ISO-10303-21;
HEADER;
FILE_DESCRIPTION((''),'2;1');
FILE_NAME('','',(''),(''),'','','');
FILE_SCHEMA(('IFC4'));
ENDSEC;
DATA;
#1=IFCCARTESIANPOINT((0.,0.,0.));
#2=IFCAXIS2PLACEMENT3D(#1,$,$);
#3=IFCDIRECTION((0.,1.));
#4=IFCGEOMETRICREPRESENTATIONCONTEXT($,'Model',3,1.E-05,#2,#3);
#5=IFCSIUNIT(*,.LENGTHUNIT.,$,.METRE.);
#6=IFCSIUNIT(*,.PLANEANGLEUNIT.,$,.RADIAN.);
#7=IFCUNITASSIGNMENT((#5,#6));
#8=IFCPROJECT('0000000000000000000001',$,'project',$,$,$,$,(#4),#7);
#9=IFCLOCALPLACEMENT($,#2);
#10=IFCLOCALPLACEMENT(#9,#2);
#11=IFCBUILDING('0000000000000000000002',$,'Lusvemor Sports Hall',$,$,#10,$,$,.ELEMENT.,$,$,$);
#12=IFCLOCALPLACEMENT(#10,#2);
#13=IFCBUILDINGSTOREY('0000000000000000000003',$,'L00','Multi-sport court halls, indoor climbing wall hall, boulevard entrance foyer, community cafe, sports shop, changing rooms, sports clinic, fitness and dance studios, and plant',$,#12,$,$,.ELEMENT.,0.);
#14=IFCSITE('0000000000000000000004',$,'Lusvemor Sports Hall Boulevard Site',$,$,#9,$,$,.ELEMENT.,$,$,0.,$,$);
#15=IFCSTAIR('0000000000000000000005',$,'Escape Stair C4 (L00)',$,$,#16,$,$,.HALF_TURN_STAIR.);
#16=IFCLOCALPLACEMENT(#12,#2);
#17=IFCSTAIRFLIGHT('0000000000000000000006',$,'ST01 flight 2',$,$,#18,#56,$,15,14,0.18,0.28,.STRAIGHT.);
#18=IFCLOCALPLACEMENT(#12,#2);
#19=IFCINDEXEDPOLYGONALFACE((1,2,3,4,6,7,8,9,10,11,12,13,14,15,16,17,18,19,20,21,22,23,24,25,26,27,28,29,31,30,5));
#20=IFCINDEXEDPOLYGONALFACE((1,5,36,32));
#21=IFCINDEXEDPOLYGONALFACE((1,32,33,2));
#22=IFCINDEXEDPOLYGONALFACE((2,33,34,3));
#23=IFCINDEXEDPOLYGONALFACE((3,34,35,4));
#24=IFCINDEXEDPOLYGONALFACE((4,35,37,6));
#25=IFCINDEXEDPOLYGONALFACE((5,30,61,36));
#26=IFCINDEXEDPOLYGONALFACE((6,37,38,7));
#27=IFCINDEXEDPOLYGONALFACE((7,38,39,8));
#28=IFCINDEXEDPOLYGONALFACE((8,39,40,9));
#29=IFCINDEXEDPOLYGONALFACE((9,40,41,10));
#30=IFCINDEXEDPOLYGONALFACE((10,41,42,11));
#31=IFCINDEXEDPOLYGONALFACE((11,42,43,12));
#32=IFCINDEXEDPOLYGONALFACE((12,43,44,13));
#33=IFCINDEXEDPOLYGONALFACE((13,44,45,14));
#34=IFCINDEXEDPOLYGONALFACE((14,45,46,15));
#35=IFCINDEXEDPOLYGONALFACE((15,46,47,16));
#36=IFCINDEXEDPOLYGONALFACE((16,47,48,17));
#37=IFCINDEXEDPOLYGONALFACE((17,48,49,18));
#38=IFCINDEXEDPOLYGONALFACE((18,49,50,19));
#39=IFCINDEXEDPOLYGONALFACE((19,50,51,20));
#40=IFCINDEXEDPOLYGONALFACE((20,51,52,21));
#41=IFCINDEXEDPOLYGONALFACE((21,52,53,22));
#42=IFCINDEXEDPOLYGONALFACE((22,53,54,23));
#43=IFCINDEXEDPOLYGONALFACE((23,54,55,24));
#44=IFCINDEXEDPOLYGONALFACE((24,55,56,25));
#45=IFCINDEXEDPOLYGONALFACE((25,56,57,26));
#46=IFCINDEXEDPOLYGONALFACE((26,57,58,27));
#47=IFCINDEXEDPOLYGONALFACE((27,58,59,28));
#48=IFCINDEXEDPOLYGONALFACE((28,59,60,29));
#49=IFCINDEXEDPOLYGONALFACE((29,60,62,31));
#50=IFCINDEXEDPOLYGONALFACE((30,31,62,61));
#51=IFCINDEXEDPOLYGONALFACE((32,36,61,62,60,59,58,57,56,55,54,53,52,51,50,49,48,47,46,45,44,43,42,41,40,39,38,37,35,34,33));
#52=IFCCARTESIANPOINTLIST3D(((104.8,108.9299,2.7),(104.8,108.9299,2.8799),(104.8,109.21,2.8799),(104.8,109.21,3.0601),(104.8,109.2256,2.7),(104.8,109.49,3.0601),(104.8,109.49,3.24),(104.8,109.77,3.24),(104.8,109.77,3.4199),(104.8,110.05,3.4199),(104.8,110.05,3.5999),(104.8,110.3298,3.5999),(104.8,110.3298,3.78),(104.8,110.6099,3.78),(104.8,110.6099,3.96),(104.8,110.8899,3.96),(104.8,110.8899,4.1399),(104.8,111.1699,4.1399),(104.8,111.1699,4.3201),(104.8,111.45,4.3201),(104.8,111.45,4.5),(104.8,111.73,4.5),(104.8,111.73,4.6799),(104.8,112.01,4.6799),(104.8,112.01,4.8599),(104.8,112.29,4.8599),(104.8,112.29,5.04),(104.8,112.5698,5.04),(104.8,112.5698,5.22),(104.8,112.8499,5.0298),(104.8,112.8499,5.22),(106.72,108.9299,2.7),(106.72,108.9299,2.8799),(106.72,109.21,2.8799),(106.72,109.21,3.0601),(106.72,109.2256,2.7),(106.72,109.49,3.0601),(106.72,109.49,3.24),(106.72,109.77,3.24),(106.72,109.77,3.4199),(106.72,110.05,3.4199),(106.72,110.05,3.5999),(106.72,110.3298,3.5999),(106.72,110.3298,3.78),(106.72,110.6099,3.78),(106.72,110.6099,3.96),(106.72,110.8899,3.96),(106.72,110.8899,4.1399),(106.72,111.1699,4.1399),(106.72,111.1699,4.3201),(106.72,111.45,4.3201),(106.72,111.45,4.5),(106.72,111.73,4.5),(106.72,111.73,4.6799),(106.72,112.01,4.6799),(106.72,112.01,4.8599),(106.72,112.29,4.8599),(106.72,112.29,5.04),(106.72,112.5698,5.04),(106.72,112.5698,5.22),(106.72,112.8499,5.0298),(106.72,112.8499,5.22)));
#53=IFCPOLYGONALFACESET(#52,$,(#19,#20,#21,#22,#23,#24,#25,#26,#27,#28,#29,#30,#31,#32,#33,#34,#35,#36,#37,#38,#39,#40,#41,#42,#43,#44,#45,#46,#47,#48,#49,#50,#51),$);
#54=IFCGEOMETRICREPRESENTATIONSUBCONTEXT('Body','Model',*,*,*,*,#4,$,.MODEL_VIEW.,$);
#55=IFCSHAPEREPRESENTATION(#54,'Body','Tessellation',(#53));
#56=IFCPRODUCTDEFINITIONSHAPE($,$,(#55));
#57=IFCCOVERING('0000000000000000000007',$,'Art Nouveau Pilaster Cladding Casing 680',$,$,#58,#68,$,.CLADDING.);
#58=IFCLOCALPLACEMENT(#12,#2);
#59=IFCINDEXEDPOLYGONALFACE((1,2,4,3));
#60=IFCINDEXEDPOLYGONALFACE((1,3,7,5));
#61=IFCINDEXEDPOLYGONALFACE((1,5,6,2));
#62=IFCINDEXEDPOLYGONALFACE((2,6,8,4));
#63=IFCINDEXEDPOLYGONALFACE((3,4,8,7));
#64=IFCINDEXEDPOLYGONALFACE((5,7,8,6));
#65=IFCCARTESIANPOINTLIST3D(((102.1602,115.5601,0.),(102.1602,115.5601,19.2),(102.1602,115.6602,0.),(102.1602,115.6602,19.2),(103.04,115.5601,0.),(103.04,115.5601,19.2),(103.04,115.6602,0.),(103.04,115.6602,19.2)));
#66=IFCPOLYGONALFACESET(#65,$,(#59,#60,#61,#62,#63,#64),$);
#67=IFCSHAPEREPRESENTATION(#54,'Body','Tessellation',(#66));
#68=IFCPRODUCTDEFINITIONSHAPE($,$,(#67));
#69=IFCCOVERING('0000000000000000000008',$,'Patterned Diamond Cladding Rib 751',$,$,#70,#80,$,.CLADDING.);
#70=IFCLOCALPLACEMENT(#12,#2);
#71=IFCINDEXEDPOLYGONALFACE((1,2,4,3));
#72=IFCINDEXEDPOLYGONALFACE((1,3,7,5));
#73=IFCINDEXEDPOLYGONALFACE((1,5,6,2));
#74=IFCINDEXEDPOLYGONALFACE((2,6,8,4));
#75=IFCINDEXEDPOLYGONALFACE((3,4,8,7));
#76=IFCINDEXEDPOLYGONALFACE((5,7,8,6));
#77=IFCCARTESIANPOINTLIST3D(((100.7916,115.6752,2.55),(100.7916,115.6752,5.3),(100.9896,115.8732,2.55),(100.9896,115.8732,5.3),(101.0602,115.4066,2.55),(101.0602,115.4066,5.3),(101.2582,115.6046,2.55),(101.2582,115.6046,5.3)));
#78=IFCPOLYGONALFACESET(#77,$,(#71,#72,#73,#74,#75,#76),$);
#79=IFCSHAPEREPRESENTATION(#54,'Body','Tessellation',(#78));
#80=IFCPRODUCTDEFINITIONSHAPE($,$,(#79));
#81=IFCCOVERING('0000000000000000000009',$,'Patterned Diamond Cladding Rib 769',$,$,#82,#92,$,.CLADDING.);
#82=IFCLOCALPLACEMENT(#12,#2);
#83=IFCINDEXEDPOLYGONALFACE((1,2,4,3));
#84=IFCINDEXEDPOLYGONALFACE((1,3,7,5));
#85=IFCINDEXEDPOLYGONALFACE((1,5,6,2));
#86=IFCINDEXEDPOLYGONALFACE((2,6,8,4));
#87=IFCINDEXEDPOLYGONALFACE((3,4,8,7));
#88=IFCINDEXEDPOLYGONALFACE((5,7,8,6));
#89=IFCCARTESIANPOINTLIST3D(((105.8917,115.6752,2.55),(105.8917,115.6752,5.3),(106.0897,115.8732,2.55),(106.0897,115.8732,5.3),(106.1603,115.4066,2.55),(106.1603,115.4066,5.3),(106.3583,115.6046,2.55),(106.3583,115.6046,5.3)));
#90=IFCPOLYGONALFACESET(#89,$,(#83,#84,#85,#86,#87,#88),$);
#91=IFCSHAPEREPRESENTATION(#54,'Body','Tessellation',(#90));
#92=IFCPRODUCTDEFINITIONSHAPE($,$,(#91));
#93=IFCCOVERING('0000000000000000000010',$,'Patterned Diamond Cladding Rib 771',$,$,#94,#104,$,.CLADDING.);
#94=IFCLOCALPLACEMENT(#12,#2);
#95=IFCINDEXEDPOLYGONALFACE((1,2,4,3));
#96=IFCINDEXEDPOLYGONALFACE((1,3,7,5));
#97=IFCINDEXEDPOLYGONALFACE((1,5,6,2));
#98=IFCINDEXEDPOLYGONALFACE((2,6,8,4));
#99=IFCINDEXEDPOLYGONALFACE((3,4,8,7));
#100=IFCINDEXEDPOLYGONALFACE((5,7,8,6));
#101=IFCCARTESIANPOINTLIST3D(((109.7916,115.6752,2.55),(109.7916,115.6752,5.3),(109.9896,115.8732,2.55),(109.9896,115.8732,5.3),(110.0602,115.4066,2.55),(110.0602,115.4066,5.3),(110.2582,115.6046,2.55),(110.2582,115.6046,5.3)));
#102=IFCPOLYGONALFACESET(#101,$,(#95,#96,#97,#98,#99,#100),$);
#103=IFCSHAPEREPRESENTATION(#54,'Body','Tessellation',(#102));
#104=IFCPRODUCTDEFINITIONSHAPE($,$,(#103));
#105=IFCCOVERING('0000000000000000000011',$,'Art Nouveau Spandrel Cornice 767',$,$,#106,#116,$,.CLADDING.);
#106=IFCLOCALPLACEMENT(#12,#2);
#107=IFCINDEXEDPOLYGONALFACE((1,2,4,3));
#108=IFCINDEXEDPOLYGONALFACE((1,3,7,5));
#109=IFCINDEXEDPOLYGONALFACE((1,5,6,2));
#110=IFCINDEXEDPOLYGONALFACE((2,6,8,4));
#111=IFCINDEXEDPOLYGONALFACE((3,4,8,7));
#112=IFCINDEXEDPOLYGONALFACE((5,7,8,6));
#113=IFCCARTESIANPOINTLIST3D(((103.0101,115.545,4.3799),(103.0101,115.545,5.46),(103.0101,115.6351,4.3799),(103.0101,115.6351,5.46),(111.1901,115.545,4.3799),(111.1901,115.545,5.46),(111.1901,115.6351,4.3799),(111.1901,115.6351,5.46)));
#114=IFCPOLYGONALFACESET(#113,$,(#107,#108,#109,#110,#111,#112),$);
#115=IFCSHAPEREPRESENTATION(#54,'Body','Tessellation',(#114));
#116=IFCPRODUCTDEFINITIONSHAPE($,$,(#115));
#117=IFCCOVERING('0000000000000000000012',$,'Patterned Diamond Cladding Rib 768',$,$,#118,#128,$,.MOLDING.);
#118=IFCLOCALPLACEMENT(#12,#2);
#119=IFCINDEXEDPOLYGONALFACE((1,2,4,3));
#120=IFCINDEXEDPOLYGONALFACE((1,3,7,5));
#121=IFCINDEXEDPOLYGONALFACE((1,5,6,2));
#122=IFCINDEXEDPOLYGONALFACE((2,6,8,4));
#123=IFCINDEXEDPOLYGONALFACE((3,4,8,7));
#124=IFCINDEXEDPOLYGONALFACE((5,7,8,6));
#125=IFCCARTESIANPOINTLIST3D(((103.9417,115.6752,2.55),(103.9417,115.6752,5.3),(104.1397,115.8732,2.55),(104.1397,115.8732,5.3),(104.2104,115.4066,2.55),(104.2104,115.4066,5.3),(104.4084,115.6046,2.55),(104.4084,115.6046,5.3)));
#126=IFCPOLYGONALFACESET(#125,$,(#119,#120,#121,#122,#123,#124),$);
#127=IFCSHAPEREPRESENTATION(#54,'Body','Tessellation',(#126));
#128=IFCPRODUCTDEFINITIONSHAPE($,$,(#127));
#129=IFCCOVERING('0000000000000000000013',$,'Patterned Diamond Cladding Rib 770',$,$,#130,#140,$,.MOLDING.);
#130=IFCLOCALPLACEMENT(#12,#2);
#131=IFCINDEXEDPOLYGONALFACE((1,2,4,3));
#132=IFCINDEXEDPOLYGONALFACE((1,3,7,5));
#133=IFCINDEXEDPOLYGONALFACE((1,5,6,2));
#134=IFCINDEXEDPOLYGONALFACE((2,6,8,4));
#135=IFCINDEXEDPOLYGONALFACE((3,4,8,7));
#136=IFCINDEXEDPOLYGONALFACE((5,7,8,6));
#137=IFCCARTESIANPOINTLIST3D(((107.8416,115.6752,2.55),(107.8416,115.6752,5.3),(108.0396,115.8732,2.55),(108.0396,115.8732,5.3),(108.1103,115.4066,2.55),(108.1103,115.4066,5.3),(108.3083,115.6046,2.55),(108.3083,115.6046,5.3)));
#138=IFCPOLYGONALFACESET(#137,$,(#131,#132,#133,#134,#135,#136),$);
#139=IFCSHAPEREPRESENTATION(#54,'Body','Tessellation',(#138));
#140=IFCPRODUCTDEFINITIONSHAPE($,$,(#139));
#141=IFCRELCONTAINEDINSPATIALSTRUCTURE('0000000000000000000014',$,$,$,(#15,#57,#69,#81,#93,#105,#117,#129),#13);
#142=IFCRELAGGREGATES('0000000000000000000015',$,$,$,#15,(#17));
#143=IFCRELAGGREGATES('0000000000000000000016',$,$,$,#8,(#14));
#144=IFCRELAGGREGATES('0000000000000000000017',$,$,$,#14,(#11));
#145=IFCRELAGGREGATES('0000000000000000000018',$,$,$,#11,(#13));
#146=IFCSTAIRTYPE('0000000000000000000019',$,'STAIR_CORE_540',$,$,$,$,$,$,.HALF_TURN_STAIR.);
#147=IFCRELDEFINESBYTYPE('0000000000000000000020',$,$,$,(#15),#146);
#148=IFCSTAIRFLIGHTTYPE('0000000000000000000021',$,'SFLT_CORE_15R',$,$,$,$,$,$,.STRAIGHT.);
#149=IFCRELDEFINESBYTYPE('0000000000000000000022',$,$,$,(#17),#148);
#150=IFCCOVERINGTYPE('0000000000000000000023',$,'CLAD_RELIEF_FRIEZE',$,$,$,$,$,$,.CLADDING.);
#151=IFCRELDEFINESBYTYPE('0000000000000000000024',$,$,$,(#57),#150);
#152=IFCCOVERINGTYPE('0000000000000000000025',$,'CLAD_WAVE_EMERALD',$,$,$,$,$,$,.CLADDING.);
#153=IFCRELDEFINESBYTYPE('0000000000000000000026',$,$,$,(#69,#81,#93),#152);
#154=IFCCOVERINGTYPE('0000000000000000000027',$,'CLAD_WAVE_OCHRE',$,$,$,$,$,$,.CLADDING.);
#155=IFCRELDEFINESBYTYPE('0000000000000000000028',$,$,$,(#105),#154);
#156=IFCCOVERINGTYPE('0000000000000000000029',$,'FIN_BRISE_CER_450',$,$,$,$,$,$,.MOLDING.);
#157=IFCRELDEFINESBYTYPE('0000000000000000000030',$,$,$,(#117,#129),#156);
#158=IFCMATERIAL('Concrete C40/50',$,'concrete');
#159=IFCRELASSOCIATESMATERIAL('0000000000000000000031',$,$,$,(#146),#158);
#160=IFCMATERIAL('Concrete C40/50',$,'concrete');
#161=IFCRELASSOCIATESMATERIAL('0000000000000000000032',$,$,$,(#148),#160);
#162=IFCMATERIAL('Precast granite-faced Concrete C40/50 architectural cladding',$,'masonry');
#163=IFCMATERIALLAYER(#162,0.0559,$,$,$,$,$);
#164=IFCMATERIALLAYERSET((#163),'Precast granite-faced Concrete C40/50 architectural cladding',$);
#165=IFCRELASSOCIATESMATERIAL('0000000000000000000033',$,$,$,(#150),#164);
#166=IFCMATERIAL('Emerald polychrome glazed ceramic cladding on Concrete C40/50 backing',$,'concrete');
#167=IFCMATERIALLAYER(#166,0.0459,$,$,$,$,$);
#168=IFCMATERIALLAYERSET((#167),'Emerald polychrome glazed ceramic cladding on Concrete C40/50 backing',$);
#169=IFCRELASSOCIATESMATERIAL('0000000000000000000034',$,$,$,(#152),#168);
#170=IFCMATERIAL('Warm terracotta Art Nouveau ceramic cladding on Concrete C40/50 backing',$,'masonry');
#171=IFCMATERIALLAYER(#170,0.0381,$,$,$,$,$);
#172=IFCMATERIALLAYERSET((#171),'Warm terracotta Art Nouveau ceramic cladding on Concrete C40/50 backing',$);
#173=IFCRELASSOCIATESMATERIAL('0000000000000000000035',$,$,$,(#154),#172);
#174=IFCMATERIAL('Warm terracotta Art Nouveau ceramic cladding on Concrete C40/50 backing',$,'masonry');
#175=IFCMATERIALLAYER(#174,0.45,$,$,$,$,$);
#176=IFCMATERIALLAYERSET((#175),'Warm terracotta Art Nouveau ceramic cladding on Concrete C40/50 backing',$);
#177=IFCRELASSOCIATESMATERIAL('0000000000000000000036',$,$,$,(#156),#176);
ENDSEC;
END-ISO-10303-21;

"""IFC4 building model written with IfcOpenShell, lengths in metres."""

from ifc_helpers import new_model, si_unit, direction, frame, origin, origin_2d, place, context, subcontext, project, spatial, polyline, rectangle, outline, extrude, material, layer, layer_set, type_object, element, aggregate, save


model = new_model("IFC4")

# Units and contexts
model_context = context("Model", 3, precision=1e-05, world=origin(), true_north=direction((0.0, 1.0)))
body_context = subcontext(model_context, "Body", "Model", "MODEL_VIEW")
ifc_project = project(units=[si_unit("LENGTHUNIT", "METRE"), si_unit("PLANEANGLEUNIT", "RADIAN")], contexts=[model_context])

# Site, building, storey
site_placement = place(None, origin())
site = spatial("IfcSite", under=ifc_project, at=site_placement, Name="Lusvemor Sports Hall Boulevard Site", CompositionType="ELEMENT", RefElevation=0.0)
building_placement = place(site_placement, origin())
building = spatial("IfcBuilding", under=site, at=building_placement, Name="Lusvemor Sports Hall", CompositionType="ELEMENT")
storey_placement = place(building_placement, origin())
storey = spatial("IfcBuildingStorey", under=building, at=storey_placement, Name="L00", Description="Multi-sport court halls, indoor climbing wall hall, boulevard entrance foyer, community cafe, sports shop, changing rooms, sports clinic, fitness and dance studios, and plant", CompositionType="ELEMENT", Elevation=0.0)

# Stair, stair flight
ifc_material_1 = material(Name="Concrete C40/50", Category="concrete")
stair_type = type_object("IfcStairType", Name="STAIR_CORE_540", PredefinedType="HALF_TURN_STAIR", material=ifc_material_1)
stair_placement = place(storey_placement, origin())
stair = element("IfcStair", 1, at=stair_placement, inside=storey, type_object=stair_type, Name="Escape Stair C4 (L00)", PredefinedType="HALF_TURN_STAIR")
ifc_material_2 = material(Name="Concrete C40/50", Category="concrete")
stair_flight_type = type_object("IfcStairFlightType", Name="SFLT_CORE_15R", PredefinedType="STRAIGHT", material=ifc_material_2)
stair_flight_1_placement = place(storey_placement, frame((105.76, 108.9299, 2.7), z_axis=(0.0, 0.0, 1.0), x_axis=(0.0, 1.0, 0.0)))
stair_flight_1 = element("IfcStairFlight", 2, at=stair_flight_1_placement, type_object=stair_flight_type, Name="ST01 flight 2", NumberOfRisers=15, NumberOfTreads=14, PredefinedType="STRAIGHT", RiserHeight=0.18, TreadLength=0.28, context=body_context, shape_type="SweptSolid", body=[
    extrude(outline(polyline([(0.0, 0.0), (0.0, 0.1799), (0.28, 0.1799), (0.28, 0.3601), (0.5601, 0.3601), (0.5601, 0.54), (0.8401, 0.54), (0.8401, 0.72), (1.1201, 0.72), (1.1201, 0.8999), (1.3999, 0.8999), (1.3999, 1.0801), (1.6799, 1.0801), (1.6799, 1.26), (1.96, 1.26), (1.96, 1.4399), (2.24, 1.4399), (2.24, 1.6201), (2.52, 1.6201), (2.52, 1.8), (2.8, 1.8), (2.8, 1.98), (3.0801, 1.98), (3.0801, 2.1599), (3.3601, 2.1599), (3.3601, 2.3401), (3.6399, 2.3401), (3.6399, 2.52), (3.9199, 2.52), (3.9199, 2.7), (3.9199, 2.3298), (0.2957, 0.0), (0.0, 0.0)])), frame((0.0, 0.96, 0.0), z_axis=(0.0, -1.0, 0.0), x_axis=(1.0, 0.0, 0.0)), (0.0, 0.0, 1.0), 1.9199),
])
aggregate(stair, [stair_flight_1])

# Coverings
ifc_material_3 = material(Name="Precast granite-faced Concrete C40/50 architectural cladding", Category="masonry")
ifc_layer_1 = layer(ifc_material_3, 0.0559)
ifc_layer_set_1 = layer_set([ifc_layer_1], Name="Precast granite-faced Concrete C40/50 architectural cladding")
covering_type_1 = type_object("IfcCoveringType", Name="CLAD_RELIEF_FRIEZE", PredefinedType="CLADDING", material=ifc_layer_set_1)
covering_1_placement = place(storey_placement, frame((102.6001, 115.6101, 0.0), z_axis=(0.0, 0.0, 1.0), x_axis=(1.0, 0.0, 0.0)))
element("IfcCovering", 3, at=covering_1_placement, inside=storey, type_object=covering_type_1, Name="Art Nouveau Pilaster Cladding Casing 680", PredefinedType="CLADDING", context=body_context, shape_type="SweptSolid", body=[
    extrude(rectangle(XDim=0.8799, YDim=0.1001, at=origin_2d()), origin(), (0.0, 0.0, 1.0), 19.2),
])
ifc_material_4 = material(Name="Emerald polychrome glazed ceramic cladding on Concrete C40/50 backing", Category="concrete")
ifc_layer_2 = layer(ifc_material_4, 0.0459)
ifc_layer_set_2 = layer_set([ifc_layer_2], Name="Emerald polychrome glazed ceramic cladding on Concrete C40/50 backing")
covering_type_2 = type_object("IfcCoveringType", Name="CLAD_WAVE_EMERALD", PredefinedType="CLADDING", material=ifc_layer_set_2)
for number, where, z_axis, x_axis, name in (
    (4, (101.0249, 115.6399, 2.55), (0.0, 0.0, 1.0), (0.707107, 0.707107, 0.0), "Patterned Diamond Cladding Rib 751"),
    (5, (106.125, 115.6399, 2.55), (0.0, 0.0, 1.0), (0.707107, 0.707107, 0.0), "Patterned Diamond Cladding Rib 769"),
    (6, (110.0249, 115.6399, 2.55), (0.0, 0.0, 1.0), (0.707107, 0.707107, 0.0), "Patterned Diamond Cladding Rib 771"),
):
    element("IfcCovering", number, at=place(storey_placement, frame(where, z_axis=z_axis, x_axis=x_axis)), inside=storey, type_object=covering_type_2, Name=name, PredefinedType="CLADDING", context=body_context, shape_type="SweptSolid", body=[
        extrude(rectangle(XDim=0.28, YDim=0.3799, at=origin_2d()), origin(), (0.0, 0.0, 1.0), 2.75),
    ])
ifc_material_5 = material(Name="Warm terracotta Art Nouveau ceramic cladding on Concrete C40/50 backing", Category="masonry")
ifc_layer_3 = layer(ifc_material_5, 0.0381)
ifc_layer_set_3 = layer_set([ifc_layer_3], Name="Warm terracotta Art Nouveau ceramic cladding on Concrete C40/50 backing")
covering_type_3 = type_object("IfcCoveringType", Name="CLAD_WAVE_OCHRE", PredefinedType="CLADDING", material=ifc_layer_set_3)
covering_2_placement = place(storey_placement, frame((107.1001, 115.5901, 4.3799), z_axis=(0.0, 0.0, 1.0), x_axis=(1.0, 0.0, 0.0)))
element("IfcCovering", 7, at=covering_2_placement, inside=storey, type_object=covering_type_3, Name="Art Nouveau Spandrel Cornice 767", PredefinedType="CLADDING", context=body_context, shape_type="SweptSolid", body=[
    extrude(rectangle(XDim=8.1799, YDim=0.0901, at=origin_2d()), origin(), (0.0, 0.0, 1.0), 1.0801),
])
ifc_material_6 = material(Name="Warm terracotta Art Nouveau ceramic cladding on Concrete C40/50 backing", Category="masonry")
ifc_layer_4 = layer(ifc_material_6, 0.45)
ifc_layer_set_4 = layer_set([ifc_layer_4], Name="Warm terracotta Art Nouveau ceramic cladding on Concrete C40/50 backing")
covering_type_4 = type_object("IfcCoveringType", Name="FIN_BRISE_CER_450", PredefinedType="MOLDING", material=ifc_layer_set_4)
for number, where, z_axis, x_axis, name in (
    (8, (104.175, 115.6399, 2.55), (0.0, 0.0, 1.0), (0.707107, 0.707107, 0.0), "Patterned Diamond Cladding Rib 768"),
    (9, (108.075, 115.6399, 2.55), (0.0, 0.0, 1.0), (0.707107, 0.707107, 0.0), "Patterned Diamond Cladding Rib 770"),
):
    element("IfcCovering", number, at=place(storey_placement, frame(where, z_axis=z_axis, x_axis=x_axis)), inside=storey, type_object=covering_type_4, Name=name, PredefinedType="MOLDING", context=body_context, shape_type="SweptSolid", body=[
        extrude(rectangle(XDim=0.28, YDim=0.3799, at=origin_2d()), origin(), (0.0, 0.0, 1.0), 2.75),
    ])

save(model, "model.ifc")
